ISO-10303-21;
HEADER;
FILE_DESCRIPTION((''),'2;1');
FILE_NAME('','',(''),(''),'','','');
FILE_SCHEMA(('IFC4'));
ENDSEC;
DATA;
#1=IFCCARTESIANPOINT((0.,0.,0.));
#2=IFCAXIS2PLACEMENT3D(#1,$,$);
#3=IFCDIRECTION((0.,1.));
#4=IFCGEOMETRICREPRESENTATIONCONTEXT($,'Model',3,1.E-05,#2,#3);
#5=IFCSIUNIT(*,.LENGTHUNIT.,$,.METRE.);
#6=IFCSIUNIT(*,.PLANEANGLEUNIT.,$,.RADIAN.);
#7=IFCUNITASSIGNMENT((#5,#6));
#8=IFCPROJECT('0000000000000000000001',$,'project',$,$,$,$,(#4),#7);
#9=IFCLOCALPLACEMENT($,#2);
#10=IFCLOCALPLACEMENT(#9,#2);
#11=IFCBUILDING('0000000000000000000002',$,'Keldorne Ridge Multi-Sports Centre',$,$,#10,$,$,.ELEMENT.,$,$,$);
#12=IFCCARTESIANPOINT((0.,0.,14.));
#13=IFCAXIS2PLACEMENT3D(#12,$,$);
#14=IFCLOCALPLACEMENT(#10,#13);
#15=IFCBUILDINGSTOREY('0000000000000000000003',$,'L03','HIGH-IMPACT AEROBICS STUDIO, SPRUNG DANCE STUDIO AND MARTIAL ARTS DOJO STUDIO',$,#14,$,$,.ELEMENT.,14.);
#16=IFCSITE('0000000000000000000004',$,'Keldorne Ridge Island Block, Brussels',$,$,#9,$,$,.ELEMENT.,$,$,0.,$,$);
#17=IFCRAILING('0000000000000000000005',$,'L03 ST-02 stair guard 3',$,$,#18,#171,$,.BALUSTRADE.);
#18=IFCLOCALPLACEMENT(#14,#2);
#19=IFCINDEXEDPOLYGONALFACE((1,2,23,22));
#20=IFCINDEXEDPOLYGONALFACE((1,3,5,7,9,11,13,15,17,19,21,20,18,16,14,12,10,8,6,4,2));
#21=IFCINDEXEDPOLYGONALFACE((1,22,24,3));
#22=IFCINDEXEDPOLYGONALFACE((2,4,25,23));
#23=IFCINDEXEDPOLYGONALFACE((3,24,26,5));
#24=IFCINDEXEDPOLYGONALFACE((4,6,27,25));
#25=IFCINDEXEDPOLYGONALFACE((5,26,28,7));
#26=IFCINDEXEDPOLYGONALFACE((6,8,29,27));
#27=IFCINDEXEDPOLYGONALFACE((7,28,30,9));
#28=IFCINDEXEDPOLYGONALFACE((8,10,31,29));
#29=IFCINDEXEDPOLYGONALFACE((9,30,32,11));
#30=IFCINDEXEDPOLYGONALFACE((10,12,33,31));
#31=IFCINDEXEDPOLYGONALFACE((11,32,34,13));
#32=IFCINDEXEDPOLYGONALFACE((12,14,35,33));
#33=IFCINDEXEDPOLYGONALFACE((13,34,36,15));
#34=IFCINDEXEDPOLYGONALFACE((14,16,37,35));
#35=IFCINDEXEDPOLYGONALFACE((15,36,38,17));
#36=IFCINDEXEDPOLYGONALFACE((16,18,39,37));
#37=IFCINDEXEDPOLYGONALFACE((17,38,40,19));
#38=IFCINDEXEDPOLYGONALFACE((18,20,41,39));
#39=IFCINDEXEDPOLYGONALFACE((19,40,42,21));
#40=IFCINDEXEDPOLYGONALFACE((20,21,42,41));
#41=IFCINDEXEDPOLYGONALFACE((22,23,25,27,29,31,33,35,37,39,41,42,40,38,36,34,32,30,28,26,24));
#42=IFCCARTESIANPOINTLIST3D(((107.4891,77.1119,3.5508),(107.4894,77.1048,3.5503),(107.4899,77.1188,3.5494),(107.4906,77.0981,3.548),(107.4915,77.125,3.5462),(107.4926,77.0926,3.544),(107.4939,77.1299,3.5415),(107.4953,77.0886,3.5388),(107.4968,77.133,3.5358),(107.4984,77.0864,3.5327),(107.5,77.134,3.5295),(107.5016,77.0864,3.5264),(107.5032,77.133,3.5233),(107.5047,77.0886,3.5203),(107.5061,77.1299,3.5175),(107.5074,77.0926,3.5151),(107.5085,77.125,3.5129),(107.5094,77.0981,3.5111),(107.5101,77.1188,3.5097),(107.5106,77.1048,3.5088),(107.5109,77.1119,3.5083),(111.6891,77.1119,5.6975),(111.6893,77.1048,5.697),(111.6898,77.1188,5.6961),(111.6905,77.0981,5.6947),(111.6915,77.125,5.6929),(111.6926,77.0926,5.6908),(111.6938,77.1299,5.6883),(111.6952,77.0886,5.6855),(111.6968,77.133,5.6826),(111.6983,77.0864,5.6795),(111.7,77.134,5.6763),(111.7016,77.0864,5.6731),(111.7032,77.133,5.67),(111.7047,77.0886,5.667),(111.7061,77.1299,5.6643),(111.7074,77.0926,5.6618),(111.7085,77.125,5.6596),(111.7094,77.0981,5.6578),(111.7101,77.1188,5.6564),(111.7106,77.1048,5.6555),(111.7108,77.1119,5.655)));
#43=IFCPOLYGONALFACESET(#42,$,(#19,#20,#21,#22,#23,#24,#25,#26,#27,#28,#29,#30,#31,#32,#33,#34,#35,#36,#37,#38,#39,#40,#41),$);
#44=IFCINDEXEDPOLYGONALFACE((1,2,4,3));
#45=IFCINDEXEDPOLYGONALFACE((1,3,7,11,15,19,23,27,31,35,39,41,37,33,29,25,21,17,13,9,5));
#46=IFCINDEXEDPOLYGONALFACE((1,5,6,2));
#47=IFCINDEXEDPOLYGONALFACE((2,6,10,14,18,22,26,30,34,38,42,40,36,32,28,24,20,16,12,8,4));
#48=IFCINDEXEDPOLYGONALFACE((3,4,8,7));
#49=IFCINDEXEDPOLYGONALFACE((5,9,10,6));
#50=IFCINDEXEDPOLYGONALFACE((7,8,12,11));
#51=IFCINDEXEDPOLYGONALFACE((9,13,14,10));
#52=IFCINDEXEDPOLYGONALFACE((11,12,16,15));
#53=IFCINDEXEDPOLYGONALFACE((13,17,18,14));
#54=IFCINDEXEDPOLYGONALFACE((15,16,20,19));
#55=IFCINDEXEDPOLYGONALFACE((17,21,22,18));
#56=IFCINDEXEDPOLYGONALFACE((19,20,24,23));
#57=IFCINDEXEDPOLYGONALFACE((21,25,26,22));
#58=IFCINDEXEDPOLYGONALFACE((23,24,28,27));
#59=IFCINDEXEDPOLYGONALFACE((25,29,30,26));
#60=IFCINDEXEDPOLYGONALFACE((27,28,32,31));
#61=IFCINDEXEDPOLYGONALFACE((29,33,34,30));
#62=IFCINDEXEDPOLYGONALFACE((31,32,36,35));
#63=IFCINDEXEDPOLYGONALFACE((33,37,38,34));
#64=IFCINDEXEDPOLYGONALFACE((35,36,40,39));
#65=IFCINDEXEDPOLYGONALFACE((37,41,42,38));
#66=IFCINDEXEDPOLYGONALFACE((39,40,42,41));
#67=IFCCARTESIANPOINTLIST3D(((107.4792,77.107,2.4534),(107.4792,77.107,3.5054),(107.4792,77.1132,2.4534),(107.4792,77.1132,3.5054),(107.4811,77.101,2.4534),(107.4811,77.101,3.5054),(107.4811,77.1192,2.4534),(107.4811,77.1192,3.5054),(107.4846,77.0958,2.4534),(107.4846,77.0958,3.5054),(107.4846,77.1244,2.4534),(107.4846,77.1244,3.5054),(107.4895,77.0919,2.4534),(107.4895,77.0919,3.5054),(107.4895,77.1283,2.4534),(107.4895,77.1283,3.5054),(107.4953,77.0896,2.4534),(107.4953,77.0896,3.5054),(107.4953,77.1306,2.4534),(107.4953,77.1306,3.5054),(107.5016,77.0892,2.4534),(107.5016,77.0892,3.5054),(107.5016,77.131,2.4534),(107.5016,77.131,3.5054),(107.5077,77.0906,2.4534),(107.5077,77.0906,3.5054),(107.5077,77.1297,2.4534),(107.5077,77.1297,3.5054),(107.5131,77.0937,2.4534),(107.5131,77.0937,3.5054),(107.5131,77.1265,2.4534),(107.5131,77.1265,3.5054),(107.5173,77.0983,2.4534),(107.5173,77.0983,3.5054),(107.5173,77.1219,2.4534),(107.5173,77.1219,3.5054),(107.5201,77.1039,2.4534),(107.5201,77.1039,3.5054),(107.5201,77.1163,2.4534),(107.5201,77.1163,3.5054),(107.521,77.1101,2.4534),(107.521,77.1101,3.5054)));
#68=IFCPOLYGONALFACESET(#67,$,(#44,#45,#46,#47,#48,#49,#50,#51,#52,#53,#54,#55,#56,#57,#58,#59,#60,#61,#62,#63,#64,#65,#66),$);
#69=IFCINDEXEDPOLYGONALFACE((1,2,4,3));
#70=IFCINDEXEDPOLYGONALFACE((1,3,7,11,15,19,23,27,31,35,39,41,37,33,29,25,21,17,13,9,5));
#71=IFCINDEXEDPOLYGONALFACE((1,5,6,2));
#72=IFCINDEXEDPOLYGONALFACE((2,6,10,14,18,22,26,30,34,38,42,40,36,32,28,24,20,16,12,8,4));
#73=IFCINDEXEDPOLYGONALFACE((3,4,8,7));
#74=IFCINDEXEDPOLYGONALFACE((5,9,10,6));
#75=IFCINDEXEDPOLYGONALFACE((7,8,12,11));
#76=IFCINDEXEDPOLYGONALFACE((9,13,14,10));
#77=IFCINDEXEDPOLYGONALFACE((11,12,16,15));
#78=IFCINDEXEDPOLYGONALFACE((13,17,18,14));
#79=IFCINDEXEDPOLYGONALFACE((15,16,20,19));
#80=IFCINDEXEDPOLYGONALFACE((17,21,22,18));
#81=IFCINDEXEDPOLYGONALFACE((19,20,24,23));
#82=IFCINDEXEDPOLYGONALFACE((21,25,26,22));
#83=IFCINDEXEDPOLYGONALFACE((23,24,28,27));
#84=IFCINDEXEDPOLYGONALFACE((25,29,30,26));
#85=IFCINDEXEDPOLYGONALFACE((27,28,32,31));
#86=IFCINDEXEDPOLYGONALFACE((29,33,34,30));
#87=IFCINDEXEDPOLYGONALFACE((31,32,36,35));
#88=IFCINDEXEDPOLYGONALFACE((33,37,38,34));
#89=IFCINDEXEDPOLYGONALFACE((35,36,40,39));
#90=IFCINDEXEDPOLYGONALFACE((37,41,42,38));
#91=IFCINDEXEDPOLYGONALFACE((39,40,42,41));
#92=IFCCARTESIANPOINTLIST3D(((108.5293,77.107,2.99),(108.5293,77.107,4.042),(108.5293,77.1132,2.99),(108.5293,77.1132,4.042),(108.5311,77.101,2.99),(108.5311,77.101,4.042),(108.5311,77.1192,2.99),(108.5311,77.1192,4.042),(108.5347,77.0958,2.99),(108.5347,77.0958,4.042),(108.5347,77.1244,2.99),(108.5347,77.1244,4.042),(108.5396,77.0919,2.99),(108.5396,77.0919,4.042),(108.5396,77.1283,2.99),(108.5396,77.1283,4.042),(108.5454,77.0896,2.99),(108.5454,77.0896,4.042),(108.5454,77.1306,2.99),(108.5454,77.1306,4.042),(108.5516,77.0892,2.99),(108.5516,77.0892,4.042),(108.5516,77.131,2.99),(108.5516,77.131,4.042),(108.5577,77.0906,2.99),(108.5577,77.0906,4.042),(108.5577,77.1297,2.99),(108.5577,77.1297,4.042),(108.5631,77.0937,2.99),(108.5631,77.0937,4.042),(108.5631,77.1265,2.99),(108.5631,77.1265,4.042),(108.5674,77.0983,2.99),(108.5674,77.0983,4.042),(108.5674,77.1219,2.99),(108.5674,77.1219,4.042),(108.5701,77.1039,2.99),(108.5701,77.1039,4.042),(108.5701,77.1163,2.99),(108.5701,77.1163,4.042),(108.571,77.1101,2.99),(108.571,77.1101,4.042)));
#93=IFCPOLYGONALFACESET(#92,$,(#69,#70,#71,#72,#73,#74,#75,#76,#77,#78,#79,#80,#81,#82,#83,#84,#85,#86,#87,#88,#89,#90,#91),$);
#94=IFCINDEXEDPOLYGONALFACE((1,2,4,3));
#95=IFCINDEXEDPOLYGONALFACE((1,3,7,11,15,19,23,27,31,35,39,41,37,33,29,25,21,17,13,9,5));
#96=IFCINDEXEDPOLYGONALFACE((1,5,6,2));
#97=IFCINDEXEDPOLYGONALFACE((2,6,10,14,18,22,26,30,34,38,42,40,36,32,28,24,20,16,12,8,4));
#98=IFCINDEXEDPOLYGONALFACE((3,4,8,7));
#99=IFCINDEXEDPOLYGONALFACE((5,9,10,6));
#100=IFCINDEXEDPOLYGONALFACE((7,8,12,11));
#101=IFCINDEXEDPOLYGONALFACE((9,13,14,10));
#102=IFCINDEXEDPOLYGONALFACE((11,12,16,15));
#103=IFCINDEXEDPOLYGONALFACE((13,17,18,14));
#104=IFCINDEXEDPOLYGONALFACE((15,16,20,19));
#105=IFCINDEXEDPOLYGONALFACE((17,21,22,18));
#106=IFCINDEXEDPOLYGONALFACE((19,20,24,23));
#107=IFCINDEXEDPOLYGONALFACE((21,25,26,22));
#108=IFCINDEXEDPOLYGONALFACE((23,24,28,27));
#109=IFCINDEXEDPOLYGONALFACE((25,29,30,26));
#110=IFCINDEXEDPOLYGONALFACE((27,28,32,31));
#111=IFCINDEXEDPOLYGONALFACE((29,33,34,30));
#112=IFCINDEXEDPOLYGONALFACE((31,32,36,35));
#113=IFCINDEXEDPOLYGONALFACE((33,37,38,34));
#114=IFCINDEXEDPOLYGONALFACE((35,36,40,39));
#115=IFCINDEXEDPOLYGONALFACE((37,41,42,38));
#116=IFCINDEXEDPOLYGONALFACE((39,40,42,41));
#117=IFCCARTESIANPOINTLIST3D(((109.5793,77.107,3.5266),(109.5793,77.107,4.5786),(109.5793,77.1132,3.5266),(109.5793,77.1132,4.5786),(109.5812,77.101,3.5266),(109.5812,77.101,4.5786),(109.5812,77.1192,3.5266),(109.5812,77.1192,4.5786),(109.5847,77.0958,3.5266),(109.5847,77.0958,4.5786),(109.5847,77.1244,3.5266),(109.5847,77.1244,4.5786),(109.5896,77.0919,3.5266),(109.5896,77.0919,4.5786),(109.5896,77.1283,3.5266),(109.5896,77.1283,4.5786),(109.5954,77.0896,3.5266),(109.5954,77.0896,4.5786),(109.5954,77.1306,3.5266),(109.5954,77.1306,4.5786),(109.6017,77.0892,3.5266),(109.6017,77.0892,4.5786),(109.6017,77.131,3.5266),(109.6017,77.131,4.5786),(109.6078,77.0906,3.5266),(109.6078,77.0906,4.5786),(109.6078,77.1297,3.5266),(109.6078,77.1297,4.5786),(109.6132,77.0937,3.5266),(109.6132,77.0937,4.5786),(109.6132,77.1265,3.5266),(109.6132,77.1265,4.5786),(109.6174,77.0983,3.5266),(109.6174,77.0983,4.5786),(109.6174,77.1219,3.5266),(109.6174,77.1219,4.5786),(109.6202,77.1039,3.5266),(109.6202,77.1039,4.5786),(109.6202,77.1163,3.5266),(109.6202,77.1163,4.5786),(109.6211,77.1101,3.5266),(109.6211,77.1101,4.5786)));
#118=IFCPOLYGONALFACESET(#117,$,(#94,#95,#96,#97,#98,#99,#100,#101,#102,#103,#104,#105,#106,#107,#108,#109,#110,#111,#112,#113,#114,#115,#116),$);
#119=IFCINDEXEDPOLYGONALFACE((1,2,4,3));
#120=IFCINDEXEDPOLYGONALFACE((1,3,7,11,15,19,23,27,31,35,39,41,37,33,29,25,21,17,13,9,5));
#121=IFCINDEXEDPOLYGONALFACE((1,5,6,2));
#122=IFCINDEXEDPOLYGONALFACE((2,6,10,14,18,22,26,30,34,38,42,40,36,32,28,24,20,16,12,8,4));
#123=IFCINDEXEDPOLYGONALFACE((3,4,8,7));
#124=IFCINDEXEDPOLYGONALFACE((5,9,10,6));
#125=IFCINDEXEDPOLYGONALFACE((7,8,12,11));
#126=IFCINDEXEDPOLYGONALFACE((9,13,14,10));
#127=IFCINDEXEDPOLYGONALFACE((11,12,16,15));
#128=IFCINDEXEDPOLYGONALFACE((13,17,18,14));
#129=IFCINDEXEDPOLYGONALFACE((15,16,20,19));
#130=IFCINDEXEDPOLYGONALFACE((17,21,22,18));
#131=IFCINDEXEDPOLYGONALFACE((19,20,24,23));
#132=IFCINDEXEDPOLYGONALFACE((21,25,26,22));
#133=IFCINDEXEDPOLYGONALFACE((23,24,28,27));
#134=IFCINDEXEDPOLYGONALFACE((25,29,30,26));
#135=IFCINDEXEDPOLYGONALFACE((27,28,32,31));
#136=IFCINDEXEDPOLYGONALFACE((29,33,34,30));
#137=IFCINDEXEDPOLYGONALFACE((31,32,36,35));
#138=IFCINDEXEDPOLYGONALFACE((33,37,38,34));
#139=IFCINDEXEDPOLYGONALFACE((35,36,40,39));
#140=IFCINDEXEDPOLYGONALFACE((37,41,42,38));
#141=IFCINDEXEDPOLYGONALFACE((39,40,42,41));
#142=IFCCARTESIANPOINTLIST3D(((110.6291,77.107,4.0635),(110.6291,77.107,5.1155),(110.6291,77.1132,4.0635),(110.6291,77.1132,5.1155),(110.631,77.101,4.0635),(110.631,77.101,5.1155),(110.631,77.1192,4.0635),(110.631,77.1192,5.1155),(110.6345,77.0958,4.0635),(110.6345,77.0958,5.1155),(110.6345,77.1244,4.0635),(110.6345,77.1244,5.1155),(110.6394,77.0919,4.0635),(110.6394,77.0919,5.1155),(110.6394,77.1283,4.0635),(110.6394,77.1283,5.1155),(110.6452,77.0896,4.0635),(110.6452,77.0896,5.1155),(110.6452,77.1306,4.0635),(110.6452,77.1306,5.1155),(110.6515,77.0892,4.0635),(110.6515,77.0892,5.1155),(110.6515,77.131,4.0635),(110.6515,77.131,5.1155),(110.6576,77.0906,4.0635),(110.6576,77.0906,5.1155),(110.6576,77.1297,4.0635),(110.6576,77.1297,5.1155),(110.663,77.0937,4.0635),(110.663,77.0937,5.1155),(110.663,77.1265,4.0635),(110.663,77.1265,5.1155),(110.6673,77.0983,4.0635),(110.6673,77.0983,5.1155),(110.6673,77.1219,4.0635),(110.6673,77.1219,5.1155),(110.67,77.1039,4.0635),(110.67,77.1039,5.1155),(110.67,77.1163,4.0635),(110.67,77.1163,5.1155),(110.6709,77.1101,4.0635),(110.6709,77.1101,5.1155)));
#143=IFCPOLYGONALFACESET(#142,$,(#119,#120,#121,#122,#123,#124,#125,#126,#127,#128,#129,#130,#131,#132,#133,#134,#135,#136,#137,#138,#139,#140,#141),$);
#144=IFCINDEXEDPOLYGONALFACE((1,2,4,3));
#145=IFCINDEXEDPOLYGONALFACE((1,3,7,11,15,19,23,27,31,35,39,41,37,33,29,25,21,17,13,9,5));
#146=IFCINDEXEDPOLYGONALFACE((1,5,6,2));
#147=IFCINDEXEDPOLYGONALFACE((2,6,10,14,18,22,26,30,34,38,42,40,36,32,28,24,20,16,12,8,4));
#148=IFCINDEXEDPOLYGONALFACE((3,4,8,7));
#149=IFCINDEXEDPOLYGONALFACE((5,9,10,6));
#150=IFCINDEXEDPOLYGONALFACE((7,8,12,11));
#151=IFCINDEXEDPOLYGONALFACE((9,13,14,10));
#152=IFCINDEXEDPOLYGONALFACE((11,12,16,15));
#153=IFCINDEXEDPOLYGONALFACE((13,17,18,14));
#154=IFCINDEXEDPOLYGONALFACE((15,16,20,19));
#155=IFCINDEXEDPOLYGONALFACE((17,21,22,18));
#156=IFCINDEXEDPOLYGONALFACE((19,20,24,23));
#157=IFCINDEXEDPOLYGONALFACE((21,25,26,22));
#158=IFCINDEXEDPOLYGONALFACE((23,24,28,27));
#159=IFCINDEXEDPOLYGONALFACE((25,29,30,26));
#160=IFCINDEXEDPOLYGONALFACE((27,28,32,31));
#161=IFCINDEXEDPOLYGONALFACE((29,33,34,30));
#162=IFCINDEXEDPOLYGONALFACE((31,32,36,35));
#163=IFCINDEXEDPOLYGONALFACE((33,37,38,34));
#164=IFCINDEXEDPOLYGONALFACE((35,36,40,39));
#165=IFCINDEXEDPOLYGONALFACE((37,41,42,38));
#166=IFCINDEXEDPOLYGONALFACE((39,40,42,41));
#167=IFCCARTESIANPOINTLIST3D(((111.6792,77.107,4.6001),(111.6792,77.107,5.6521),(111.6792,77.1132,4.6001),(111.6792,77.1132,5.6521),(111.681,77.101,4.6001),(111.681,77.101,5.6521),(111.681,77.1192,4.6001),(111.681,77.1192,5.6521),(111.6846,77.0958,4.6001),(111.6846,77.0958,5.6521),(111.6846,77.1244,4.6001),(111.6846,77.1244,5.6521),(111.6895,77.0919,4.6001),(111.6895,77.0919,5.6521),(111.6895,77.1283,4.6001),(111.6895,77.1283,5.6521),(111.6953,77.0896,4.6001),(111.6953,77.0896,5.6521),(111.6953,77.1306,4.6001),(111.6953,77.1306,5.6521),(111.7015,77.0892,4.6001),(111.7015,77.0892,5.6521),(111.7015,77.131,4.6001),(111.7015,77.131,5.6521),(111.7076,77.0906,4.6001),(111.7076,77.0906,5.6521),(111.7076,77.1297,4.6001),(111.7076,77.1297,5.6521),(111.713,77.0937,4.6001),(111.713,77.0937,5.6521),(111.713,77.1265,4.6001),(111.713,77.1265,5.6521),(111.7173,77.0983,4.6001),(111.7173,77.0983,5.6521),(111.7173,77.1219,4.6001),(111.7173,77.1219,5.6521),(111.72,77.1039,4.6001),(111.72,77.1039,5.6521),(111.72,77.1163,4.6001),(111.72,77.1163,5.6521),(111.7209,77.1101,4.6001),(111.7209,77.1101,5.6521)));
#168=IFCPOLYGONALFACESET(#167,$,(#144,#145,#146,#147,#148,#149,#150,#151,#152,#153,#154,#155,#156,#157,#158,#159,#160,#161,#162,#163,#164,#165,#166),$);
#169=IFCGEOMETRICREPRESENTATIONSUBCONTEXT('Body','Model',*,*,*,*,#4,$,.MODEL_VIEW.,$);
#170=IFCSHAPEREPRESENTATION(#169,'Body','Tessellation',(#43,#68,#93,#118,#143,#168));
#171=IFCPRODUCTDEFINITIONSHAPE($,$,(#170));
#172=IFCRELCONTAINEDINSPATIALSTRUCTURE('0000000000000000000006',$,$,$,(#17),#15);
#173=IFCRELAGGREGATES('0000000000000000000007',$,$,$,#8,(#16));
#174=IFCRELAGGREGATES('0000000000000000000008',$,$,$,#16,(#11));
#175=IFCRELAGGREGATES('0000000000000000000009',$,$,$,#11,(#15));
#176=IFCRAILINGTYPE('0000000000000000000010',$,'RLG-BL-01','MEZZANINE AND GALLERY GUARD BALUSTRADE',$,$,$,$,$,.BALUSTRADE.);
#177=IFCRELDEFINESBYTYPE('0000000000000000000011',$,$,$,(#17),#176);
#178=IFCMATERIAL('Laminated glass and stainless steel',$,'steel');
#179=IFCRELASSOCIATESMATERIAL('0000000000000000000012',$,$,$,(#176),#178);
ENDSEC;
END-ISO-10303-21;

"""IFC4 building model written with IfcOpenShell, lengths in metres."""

from ifc_helpers import new_model, si_unit, direction, frame, origin, origin_2d, place, context, subcontext, project, spatial, circle, extrude, material, type_object, element, save


model = new_model("IFC4")

# Units and contexts
model_context = context("Model", 3, precision=1e-05, world=origin(), true_north=direction((0.0, 1.0)))
body_context = subcontext(model_context, "Body", "Model", "MODEL_VIEW")
ifc_project = project(units=[si_unit("LENGTHUNIT", "METRE"), si_unit("PLANEANGLEUNIT", "RADIAN")], contexts=[model_context])

# Site, building, storey
site_placement = place(None, origin())
site = spatial("IfcSite", under=ifc_project, at=site_placement, Name="Keldorne Ridge Island Block, Brussels", CompositionType="ELEMENT", RefElevation=0.0)
building_placement = place(site_placement, origin())
building = spatial("IfcBuilding", under=site, at=building_placement, Name="Keldorne Ridge Multi-Sports Centre", CompositionType="ELEMENT")
storey_placement = place(building_placement, frame((0.0, 0.0, 14.0)))
storey = spatial("IfcBuildingStorey", under=building, at=storey_placement, Name="L03", Description="HIGH-IMPACT AEROBICS STUDIO, SPRUNG DANCE STUDIO AND MARTIAL ARTS DOJO STUDIO", CompositionType="ELEMENT", Elevation=14.0)

# Railing
ifc_material_1 = material(Name="Laminated glass and stainless steel", Category="steel")
railing_type_1 = type_object("IfcRailingType", Name="RLG-BL-01", Description="MEZZANINE AND GALLERY GUARD BALUSTRADE", PredefinedType="BALUSTRADE", material=ifc_material_1)
railing_1_placement = place(storey_placement, frame((107.5, 77.1101, 2.4534)))
element("IfcRailing", 1, at=railing_1_placement, inside=storey, type_object=railing_type_1, Name="L03 ST-02 stair guard 3", PredefinedType="BALUSTRADE", context=body_context, shape_type="SweptSolid", body=[
    extrude(circle(Radius=0.0239, at=origin_2d()), frame((0.0, 0.0, 1.0762), z_axis=(0.890427, 0.0, 0.455126), x_axis=(0.0, 1.0, 0.0)), (0.0, 0.0, 1.0), 4.7168),
    extrude(circle(Radius=0.021, at=origin_2d()), origin(), (0.0, 0.0, 1.0), 1.052),
    extrude(circle(Radius=0.021, at=origin_2d()), frame((1.05, 0.0, 0.5366)), (0.0, 0.0, 1.0), 1.052),
    extrude(circle(Radius=0.021, at=origin_2d()), frame((2.1001, 0.0, 1.0732)), (0.0, 0.0, 1.0), 1.052),
    extrude(circle(Radius=0.021, at=origin_2d()), frame((3.1499, 0.0, 1.6101)), (0.0, 0.0, 1.0), 1.052),
    extrude(circle(Radius=0.021, at=origin_2d()), frame((4.2, 0.0, 2.1467)), (0.0, 0.0, 1.0), 1.052),
])

save(model, "model.ifc")
